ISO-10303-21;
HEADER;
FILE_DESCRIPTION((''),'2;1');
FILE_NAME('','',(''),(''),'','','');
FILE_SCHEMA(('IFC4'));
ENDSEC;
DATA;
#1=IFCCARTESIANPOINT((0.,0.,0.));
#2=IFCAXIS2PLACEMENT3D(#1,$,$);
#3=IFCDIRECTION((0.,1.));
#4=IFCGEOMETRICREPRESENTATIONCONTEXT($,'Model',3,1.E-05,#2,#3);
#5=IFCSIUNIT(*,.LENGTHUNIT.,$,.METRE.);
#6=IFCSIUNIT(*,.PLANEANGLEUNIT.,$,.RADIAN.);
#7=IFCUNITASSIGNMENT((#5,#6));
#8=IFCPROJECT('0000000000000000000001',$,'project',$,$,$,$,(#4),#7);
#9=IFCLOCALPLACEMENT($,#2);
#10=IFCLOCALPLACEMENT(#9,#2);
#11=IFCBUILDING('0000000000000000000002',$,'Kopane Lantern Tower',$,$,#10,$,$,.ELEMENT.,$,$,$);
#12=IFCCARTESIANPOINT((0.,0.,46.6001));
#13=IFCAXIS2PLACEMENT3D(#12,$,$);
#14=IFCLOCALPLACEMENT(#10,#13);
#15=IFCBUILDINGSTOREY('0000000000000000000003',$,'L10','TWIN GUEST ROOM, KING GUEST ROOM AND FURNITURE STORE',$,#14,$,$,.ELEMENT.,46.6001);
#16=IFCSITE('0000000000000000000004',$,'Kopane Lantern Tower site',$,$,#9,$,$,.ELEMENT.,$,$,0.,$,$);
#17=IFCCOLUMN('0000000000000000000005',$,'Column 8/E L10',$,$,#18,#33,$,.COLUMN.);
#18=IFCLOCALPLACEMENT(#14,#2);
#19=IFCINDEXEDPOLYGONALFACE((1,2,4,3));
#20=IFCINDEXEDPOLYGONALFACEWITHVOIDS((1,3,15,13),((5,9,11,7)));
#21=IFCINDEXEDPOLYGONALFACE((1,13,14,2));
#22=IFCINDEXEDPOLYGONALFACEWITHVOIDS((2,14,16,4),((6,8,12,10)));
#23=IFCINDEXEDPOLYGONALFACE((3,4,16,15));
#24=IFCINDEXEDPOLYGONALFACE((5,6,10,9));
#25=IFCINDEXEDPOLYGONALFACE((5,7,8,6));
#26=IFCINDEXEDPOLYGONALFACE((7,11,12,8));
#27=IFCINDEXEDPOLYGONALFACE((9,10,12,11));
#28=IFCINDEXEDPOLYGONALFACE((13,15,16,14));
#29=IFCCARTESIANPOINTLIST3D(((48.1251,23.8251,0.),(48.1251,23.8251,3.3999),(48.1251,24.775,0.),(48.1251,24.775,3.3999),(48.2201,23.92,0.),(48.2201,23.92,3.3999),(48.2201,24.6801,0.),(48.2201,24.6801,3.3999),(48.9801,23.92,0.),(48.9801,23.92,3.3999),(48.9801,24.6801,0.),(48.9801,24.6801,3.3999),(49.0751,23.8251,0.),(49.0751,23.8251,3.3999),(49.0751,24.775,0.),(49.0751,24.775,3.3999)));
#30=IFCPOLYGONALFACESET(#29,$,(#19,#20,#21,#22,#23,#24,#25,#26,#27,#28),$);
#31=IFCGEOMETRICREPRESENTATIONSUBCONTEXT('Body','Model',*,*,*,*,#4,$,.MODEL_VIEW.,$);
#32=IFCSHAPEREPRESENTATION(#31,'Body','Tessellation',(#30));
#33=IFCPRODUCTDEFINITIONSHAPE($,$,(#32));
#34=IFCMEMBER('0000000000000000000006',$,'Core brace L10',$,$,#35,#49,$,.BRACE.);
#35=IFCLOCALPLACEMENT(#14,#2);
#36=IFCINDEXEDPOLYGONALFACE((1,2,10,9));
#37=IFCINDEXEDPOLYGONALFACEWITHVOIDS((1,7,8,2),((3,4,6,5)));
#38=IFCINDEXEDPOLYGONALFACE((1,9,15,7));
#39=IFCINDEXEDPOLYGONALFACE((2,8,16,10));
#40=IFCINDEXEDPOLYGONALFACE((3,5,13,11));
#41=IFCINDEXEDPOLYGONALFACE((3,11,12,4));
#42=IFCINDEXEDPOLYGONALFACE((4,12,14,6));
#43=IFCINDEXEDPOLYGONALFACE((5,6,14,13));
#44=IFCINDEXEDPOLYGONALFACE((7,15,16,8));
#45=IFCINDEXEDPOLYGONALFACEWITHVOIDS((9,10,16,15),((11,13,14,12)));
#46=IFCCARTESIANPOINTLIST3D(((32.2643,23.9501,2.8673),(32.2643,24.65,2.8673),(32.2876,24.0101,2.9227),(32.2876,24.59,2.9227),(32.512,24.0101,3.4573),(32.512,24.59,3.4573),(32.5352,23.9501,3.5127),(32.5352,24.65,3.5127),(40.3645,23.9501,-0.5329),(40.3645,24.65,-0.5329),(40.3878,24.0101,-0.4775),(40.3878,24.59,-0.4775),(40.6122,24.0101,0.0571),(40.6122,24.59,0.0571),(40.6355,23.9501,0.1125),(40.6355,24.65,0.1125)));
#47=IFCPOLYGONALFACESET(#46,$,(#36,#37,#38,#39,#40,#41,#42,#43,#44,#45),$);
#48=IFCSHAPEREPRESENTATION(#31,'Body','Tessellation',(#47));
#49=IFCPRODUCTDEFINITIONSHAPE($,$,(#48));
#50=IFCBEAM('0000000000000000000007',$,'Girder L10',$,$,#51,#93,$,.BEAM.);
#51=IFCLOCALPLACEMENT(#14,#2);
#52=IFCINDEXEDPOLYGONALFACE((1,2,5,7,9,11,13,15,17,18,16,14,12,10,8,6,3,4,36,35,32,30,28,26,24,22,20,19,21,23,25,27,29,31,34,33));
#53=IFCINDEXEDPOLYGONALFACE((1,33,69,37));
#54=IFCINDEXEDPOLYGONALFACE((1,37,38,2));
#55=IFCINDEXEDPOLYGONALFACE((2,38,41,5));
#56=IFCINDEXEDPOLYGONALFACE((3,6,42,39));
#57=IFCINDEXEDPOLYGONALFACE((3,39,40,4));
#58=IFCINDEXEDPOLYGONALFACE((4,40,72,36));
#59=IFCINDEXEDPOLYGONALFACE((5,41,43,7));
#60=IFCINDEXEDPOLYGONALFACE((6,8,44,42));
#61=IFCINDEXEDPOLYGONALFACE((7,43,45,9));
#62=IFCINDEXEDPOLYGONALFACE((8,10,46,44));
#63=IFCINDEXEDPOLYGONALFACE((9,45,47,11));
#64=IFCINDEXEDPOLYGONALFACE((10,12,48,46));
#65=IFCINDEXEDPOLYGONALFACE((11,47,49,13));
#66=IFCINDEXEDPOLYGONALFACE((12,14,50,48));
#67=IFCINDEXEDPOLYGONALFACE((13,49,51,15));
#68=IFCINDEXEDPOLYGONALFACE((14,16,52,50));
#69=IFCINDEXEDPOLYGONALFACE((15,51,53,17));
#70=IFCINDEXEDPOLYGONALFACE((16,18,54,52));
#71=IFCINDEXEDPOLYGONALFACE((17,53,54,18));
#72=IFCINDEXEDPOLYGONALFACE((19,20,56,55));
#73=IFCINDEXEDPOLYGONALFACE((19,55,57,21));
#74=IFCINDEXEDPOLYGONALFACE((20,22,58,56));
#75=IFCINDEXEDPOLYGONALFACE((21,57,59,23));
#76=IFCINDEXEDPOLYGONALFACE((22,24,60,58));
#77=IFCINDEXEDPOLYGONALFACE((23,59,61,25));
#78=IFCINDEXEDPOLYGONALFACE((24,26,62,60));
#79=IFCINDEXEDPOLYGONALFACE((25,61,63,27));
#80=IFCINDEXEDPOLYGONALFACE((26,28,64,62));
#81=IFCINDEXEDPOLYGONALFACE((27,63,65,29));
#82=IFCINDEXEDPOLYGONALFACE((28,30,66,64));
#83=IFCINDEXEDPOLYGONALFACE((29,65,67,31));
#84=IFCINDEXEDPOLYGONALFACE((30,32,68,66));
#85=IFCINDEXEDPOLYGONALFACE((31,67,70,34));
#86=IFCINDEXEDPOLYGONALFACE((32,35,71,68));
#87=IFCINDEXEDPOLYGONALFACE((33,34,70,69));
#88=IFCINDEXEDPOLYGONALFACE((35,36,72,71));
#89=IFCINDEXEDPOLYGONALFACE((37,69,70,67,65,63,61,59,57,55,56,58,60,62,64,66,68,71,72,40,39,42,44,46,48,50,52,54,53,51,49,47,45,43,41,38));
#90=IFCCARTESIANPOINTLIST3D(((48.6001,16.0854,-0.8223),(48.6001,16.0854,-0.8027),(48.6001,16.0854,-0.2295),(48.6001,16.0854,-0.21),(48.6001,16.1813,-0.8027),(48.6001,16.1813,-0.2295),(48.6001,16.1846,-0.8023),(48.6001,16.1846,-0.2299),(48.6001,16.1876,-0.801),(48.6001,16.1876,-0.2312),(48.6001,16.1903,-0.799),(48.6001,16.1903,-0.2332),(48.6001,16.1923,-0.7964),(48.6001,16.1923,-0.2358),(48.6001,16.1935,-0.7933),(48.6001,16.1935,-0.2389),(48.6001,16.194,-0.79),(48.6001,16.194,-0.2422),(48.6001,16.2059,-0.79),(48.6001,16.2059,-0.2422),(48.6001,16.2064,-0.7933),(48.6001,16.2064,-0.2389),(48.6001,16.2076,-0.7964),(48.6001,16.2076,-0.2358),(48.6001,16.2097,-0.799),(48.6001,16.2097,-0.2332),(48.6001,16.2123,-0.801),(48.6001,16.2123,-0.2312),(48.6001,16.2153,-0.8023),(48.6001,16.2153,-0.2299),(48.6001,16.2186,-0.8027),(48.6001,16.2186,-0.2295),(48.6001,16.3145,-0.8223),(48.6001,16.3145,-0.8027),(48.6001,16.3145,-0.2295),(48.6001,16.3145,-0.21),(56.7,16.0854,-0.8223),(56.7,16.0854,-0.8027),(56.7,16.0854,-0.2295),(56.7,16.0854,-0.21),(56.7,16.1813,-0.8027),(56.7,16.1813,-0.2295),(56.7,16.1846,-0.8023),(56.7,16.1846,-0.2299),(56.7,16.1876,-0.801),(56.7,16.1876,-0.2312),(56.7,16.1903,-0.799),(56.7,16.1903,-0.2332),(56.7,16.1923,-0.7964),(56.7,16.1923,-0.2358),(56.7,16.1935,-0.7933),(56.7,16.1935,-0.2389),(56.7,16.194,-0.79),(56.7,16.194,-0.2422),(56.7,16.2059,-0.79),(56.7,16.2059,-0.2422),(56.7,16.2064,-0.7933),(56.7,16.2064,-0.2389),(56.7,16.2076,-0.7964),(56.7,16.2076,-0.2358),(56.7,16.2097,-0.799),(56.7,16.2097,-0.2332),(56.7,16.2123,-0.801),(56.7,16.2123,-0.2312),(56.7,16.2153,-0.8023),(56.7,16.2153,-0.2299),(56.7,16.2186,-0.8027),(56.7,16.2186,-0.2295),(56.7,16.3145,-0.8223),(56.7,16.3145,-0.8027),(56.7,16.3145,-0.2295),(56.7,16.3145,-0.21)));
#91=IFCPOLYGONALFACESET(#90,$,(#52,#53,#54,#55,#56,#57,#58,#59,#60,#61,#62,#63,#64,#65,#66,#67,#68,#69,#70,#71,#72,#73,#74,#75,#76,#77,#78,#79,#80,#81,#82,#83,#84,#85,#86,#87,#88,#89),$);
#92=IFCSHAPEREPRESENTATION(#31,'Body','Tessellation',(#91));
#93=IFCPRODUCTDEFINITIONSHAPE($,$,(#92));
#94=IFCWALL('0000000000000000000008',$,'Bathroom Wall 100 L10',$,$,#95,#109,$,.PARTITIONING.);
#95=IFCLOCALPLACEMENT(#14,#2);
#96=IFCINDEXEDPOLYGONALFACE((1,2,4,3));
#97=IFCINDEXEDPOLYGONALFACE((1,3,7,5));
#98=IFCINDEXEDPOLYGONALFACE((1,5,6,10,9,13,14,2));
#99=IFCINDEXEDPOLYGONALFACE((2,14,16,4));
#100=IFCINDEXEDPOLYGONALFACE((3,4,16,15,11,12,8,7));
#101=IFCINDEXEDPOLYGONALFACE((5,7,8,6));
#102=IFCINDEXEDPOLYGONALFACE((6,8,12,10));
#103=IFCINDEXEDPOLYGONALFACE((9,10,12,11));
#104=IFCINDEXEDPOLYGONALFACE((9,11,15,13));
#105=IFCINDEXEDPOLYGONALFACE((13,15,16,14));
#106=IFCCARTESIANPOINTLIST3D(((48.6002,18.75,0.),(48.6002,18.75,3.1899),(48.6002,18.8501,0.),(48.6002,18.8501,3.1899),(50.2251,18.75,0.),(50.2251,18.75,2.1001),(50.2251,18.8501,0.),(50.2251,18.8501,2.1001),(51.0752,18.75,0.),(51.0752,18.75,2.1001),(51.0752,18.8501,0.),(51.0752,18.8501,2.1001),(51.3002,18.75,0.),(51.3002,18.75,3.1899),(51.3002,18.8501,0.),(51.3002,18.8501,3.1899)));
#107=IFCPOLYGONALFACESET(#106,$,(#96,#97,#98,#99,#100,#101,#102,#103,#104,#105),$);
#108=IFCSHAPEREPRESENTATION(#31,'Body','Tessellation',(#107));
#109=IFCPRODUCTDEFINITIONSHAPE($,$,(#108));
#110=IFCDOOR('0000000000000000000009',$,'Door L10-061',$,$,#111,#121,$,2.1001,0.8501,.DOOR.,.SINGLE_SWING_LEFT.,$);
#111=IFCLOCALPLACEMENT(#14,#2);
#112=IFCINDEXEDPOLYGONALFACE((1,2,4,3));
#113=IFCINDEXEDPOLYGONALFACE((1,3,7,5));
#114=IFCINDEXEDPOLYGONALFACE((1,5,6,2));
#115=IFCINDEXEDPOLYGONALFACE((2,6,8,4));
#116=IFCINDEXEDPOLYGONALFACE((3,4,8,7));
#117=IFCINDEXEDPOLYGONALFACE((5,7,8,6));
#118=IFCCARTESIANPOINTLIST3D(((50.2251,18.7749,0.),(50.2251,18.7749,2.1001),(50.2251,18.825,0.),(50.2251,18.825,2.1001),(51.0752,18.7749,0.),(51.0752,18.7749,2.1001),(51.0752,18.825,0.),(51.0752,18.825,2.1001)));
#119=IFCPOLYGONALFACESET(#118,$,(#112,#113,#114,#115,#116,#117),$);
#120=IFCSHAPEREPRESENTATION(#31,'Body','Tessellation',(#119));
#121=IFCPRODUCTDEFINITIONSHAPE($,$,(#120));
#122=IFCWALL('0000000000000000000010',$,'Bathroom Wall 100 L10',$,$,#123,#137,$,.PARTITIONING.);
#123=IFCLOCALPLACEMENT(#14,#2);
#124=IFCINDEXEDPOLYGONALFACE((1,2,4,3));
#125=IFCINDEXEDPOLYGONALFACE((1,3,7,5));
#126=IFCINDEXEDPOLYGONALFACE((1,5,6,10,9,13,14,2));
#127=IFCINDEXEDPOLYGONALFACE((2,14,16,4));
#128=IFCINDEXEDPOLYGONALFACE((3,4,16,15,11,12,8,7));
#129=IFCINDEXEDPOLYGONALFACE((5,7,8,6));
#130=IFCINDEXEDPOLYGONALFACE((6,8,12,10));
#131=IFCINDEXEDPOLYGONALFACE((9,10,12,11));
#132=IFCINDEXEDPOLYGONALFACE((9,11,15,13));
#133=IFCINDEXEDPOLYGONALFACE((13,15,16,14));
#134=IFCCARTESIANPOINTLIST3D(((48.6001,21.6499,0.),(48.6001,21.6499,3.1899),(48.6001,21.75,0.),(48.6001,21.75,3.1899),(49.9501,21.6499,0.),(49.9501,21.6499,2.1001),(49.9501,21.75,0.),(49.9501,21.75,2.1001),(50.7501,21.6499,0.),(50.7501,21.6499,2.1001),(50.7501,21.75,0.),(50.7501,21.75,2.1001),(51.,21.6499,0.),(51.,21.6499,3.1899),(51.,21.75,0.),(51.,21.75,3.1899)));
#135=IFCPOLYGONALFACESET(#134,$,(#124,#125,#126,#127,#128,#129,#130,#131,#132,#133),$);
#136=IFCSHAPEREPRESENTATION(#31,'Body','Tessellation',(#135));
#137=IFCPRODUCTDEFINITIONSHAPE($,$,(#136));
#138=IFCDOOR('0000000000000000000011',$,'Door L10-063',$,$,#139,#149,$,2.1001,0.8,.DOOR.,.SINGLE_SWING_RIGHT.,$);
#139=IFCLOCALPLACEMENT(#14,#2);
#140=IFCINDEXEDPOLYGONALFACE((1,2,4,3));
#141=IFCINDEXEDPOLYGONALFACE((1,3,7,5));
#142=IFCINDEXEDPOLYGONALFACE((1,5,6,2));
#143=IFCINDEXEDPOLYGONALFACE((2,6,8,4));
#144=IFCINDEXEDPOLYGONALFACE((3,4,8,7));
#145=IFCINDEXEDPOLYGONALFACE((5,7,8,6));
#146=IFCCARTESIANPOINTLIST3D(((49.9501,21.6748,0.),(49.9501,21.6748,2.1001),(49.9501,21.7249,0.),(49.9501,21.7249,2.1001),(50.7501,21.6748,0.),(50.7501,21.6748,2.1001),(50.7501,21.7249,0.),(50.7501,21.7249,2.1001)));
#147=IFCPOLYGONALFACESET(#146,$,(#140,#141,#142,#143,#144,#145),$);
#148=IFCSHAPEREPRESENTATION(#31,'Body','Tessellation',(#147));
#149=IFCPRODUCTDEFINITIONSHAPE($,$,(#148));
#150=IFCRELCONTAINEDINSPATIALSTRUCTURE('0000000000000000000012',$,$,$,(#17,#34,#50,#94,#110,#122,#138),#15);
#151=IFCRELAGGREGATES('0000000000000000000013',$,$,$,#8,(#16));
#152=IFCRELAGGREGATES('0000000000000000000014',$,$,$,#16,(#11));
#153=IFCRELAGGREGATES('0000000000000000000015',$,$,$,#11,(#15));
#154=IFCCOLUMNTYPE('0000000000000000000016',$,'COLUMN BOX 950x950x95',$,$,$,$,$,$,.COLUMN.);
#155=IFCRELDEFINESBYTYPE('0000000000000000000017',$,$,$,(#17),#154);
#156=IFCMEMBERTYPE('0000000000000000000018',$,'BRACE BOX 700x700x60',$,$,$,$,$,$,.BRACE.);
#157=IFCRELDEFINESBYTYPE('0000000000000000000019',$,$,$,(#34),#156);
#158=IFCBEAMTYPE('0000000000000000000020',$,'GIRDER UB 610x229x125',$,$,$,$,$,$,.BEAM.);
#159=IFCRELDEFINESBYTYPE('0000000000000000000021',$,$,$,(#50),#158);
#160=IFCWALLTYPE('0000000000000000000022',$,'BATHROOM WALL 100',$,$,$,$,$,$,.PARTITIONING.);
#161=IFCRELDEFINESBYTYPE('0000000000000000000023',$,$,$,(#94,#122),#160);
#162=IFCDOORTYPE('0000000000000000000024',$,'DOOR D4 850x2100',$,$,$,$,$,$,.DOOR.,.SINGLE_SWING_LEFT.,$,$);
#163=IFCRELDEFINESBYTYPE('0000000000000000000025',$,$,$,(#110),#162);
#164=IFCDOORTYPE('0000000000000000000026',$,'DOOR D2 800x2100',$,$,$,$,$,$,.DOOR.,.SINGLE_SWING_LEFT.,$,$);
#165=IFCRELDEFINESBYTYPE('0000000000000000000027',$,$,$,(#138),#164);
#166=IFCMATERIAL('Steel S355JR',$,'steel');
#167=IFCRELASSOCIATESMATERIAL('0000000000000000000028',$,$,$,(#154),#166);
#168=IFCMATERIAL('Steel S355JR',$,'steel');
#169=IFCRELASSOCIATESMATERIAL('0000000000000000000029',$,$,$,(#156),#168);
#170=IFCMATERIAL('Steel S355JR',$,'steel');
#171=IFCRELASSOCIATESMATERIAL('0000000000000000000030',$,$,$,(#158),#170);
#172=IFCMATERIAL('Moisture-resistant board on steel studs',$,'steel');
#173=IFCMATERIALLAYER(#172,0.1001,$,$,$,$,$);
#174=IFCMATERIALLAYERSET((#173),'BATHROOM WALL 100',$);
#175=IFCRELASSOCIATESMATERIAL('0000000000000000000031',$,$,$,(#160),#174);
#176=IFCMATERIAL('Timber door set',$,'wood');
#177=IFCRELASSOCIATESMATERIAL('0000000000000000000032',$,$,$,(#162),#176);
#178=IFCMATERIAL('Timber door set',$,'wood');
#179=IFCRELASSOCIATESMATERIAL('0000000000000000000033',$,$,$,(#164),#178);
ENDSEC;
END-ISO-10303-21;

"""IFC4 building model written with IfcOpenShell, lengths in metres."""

from ifc_helpers import new_model, si_unit, direction, frame, frame_2d, origin, origin_2d, place, context, subcontext, project, spatial, rectangle, hollow_rectangle, i_section, extrude, material, layer, layer_set, material_profile, profile_set, type_object, element, fill, save


model = new_model("IFC4")

# Units and contexts
model_context = context("Model", 3, precision=1e-05, world=origin(), true_north=direction((0.0, 1.0)))
body_context = subcontext(model_context, "Body", "Model", "MODEL_VIEW")
ifc_project = project(units=[si_unit("LENGTHUNIT", "METRE"), si_unit("PLANEANGLEUNIT", "RADIAN")], contexts=[model_context])

# Site, building, storey
site_placement = place(None, origin())
site = spatial("IfcSite", under=ifc_project, at=site_placement, Name="Kopane Lantern Tower site", CompositionType="ELEMENT", RefElevation=0.0)
building_placement = place(site_placement, origin())
building = spatial("IfcBuilding", under=site, at=building_placement, Name="Kopane Lantern Tower", CompositionType="ELEMENT")
storey_placement = place(building_placement, frame((0.0, 0.0, 46.6001)))
storey = spatial("IfcBuildingStorey", under=building, at=storey_placement, Name="L10", Description="TWIN GUEST ROOM, KING GUEST ROOM AND FURNITURE STORE", CompositionType="ELEMENT", Elevation=46.6001)

# Column
ifc_material_1 = material(Name="Steel S355JR", Category="steel")
ifc_material_profile_1 = material_profile(ifc_material_1, hollow_rectangle(XDim=0.95, YDim=0.95, WallThickness=0.095, at=origin_2d()), Name="BOX 950x950x95")
ifc_profile_set_1 = profile_set([ifc_material_profile_1], Name="Steel S355JR")
column_type = type_object("IfcColumnType", Name="COLUMN BOX 950x950x95", PredefinedType="COLUMN", material=ifc_profile_set_1)
column_placement = place(storey_placement, frame((48.6001, 24.3, 0.0), z_axis=(0.0, 0.0, 1.0), x_axis=(1.0, 0.0, 0.0)))
element("IfcColumn", 1, at=column_placement, inside=storey, type_object=column_type, Name="Column 8/E L10", PredefinedType="COLUMN", context=body_context, shape_type="SweptSolid", body=[
    extrude(hollow_rectangle(XDim=0.95, YDim=0.95, WallThickness=0.095, at=origin_2d()), origin(), (0.0, 0.0, 1.0), 3.3999),
])

# Member
ifc_material_2 = material(Name="Steel S355JR", Category="steel")
ifc_material_profile_2 = material_profile(ifc_material_2, hollow_rectangle(XDim=0.7, YDim=0.7, WallThickness=0.0601, at=origin_2d()), Name="BOX 700x700x60")
ifc_profile_set_2 = profile_set([ifc_material_profile_2], Name="Steel S355JR")
member_type = type_object("IfcMemberType", Name="BRACE BOX 700x700x60", PredefinedType="BRACE", material=ifc_profile_set_2)
member_placement = place(storey_placement, frame((40.5, 24.3, -0.2102), z_axis=(-0.922059, 0.0, 0.387049), x_axis=(0.0, -1.0, 0.0)))
element("IfcMember", 2, at=member_placement, inside=storey, type_object=member_type, Name="Core brace L10", PredefinedType="BRACE", context=body_context, shape_type="SweptSolid", body=[
    extrude(hollow_rectangle(XDim=0.7, YDim=0.7, WallThickness=0.0601, at=origin_2d()), origin(), (0.0, 0.0, 1.0), 8.7849),
])

# Beam
ifc_material_3 = material(Name="Steel S355JR", Category="steel")
ifc_material_profile_3 = material_profile(ifc_material_3, i_section(OverallWidth=0.229, OverallDepth=0.6123, WebThickness=0.012, FlangeThickness=0.0195, FilletRadius=0.0127, at=origin_2d()), Name="UB 610x229x125")
ifc_profile_set_3 = profile_set([ifc_material_profile_3], Name="Steel S355JR")
beam_type = type_object("IfcBeamType", Name="GIRDER UB 610x229x125", PredefinedType="BEAM", material=ifc_profile_set_3)
beam_placement = place(storey_placement, frame((48.6001, 16.2, -0.5161), z_axis=(1.0, 0.0, 0.0), x_axis=(0.0, 1.0, 0.0)))
element("IfcBeam", 3, at=beam_placement, inside=storey, type_object=beam_type, Name="Girder L10", PredefinedType="BEAM", context=body_context, shape_type="SweptSolid", body=[
    extrude(i_section(OverallWidth=0.229, OverallDepth=0.6123, WebThickness=0.012, FlangeThickness=0.0195, FilletRadius=0.0127, at=origin_2d()), origin(), (0.0, 0.0, 1.0), 8.0999),
])

# Walls, openings, doors
ifc_material_4 = material(Name="Moisture-resistant board on steel studs", Category="steel")
ifc_layer_1 = layer(ifc_material_4, 0.1001)
ifc_layer_set_1 = layer_set([ifc_layer_1], Name="BATHROOM WALL 100")
wall_type_1 = type_object("IfcWallType", Name="BATHROOM WALL 100", PredefinedType="PARTITIONING", material=ifc_layer_set_1)
wall_1_placement = place(storey_placement, frame((48.6001, 18.8, 0.0), z_axis=(0.0, 0.0, 1.0), x_axis=(1.0, 0.0, 0.0)))
wall_1 = element("IfcWall", 4, at=wall_1_placement, inside=storey, type_object=wall_type_1, Name="Bathroom Wall 100 L10", PredefinedType="PARTITIONING", context=body_context, shape_type="SweptSolid", body=[
    extrude(rectangle(XDim=2.7, YDim=0.1001, at=frame_2d((1.3501, 0.0))), origin(), (0.0, 0.0, 1.0), 3.1899),
])
opening_1_placement = place(wall_1_placement, frame((1.625, 0.0, 0.0)))
opening_1 = element("IfcOpeningElement", 5, at=opening_1_placement, cuts=wall_1, PredefinedType="OPENING", context=body_context, shape_type="SweptSolid", body=[
    extrude(rectangle(XDim=0.8501, YDim=2.1001, at=frame_2d((0.425, 1.05))), frame((0.0, 0.0601, 0.0), z_axis=(0.0, -1.0, 0.0), x_axis=(1.0, 0.0, 0.0)), (0.0, 0.0, 1.0), 0.1201),
])
ifc_material_5 = material(Name="Timber door set", Category="wood")
door_type_1 = type_object("IfcDoorType", Name="DOOR D4 850x2100", OperationType="SINGLE_SWING_LEFT", PredefinedType="DOOR", material=ifc_material_5)
door_1_placement = place(opening_1_placement, origin())
door_1 = element("IfcDoor", 6, at=door_1_placement, inside=storey, type_object=door_type_1, Name="Door L10-061", OperationType="SINGLE_SWING_LEFT", OverallHeight=2.1001, OverallWidth=0.8501, PredefinedType="DOOR", context=body_context, shape_type="SweptSolid", body=[
    extrude(rectangle(XDim=0.8501, YDim=2.1001, at=frame_2d((0.425, 1.05))), frame((0.0, 0.0249, 0.0), z_axis=(0.0, -1.0, 0.0), x_axis=(1.0, 0.0, 0.0)), (0.0, 0.0, 1.0), 0.05),
])
fill(opening_1, door_1)
wall_2_placement = place(storey_placement, frame((48.6001, 21.7, 0.0), z_axis=(0.0, 0.0, 1.0), x_axis=(1.0, 0.0, 0.0)))
wall_2 = element("IfcWall", 7, at=wall_2_placement, inside=storey, type_object=wall_type_1, Name="Bathroom Wall 100 L10", PredefinedType="PARTITIONING", context=body_context, shape_type="SweptSolid", body=[
    extrude(rectangle(XDim=2.3999, YDim=0.1001, at=frame_2d((1.2, 0.0))), origin(), (0.0, 0.0, 1.0), 3.1899),
])
opening_2_placement = place(wall_2_placement, frame((1.3501, 0.0, 0.0)))
opening_2 = element("IfcOpeningElement", 8, at=opening_2_placement, cuts=wall_2, PredefinedType="OPENING", context=body_context, shape_type="SweptSolid", body=[
    extrude(rectangle(XDim=0.8, YDim=2.1001, at=frame_2d((0.3999, 1.05))), frame((0.0, 0.0601, 0.0), z_axis=(0.0, -1.0, 0.0), x_axis=(1.0, 0.0, 0.0)), (0.0, 0.0, 1.0), 0.1201),
])
ifc_material_6 = material(Name="Timber door set", Category="wood")
door_type_2 = type_object("IfcDoorType", Name="DOOR D2 800x2100", OperationType="SINGLE_SWING_LEFT", PredefinedType="DOOR", material=ifc_material_6)
door_2_placement = place(opening_2_placement, origin())
door_2 = element("IfcDoor", 9, at=door_2_placement, inside=storey, type_object=door_type_2, Name="Door L10-063", OperationType="SINGLE_SWING_RIGHT", OverallHeight=2.1001, OverallWidth=0.8, PredefinedType="DOOR", context=body_context, shape_type="SweptSolid", body=[
    extrude(rectangle(XDim=0.8, YDim=2.1001, at=frame_2d((0.3999, 1.05))), frame((0.0, 0.0249, 0.0), z_axis=(0.0, -1.0, 0.0), x_axis=(1.0, 0.0, 0.0)), (0.0, 0.0, 1.0), 0.05),
])
fill(opening_2, door_2)

save(model, "model.ifc")
